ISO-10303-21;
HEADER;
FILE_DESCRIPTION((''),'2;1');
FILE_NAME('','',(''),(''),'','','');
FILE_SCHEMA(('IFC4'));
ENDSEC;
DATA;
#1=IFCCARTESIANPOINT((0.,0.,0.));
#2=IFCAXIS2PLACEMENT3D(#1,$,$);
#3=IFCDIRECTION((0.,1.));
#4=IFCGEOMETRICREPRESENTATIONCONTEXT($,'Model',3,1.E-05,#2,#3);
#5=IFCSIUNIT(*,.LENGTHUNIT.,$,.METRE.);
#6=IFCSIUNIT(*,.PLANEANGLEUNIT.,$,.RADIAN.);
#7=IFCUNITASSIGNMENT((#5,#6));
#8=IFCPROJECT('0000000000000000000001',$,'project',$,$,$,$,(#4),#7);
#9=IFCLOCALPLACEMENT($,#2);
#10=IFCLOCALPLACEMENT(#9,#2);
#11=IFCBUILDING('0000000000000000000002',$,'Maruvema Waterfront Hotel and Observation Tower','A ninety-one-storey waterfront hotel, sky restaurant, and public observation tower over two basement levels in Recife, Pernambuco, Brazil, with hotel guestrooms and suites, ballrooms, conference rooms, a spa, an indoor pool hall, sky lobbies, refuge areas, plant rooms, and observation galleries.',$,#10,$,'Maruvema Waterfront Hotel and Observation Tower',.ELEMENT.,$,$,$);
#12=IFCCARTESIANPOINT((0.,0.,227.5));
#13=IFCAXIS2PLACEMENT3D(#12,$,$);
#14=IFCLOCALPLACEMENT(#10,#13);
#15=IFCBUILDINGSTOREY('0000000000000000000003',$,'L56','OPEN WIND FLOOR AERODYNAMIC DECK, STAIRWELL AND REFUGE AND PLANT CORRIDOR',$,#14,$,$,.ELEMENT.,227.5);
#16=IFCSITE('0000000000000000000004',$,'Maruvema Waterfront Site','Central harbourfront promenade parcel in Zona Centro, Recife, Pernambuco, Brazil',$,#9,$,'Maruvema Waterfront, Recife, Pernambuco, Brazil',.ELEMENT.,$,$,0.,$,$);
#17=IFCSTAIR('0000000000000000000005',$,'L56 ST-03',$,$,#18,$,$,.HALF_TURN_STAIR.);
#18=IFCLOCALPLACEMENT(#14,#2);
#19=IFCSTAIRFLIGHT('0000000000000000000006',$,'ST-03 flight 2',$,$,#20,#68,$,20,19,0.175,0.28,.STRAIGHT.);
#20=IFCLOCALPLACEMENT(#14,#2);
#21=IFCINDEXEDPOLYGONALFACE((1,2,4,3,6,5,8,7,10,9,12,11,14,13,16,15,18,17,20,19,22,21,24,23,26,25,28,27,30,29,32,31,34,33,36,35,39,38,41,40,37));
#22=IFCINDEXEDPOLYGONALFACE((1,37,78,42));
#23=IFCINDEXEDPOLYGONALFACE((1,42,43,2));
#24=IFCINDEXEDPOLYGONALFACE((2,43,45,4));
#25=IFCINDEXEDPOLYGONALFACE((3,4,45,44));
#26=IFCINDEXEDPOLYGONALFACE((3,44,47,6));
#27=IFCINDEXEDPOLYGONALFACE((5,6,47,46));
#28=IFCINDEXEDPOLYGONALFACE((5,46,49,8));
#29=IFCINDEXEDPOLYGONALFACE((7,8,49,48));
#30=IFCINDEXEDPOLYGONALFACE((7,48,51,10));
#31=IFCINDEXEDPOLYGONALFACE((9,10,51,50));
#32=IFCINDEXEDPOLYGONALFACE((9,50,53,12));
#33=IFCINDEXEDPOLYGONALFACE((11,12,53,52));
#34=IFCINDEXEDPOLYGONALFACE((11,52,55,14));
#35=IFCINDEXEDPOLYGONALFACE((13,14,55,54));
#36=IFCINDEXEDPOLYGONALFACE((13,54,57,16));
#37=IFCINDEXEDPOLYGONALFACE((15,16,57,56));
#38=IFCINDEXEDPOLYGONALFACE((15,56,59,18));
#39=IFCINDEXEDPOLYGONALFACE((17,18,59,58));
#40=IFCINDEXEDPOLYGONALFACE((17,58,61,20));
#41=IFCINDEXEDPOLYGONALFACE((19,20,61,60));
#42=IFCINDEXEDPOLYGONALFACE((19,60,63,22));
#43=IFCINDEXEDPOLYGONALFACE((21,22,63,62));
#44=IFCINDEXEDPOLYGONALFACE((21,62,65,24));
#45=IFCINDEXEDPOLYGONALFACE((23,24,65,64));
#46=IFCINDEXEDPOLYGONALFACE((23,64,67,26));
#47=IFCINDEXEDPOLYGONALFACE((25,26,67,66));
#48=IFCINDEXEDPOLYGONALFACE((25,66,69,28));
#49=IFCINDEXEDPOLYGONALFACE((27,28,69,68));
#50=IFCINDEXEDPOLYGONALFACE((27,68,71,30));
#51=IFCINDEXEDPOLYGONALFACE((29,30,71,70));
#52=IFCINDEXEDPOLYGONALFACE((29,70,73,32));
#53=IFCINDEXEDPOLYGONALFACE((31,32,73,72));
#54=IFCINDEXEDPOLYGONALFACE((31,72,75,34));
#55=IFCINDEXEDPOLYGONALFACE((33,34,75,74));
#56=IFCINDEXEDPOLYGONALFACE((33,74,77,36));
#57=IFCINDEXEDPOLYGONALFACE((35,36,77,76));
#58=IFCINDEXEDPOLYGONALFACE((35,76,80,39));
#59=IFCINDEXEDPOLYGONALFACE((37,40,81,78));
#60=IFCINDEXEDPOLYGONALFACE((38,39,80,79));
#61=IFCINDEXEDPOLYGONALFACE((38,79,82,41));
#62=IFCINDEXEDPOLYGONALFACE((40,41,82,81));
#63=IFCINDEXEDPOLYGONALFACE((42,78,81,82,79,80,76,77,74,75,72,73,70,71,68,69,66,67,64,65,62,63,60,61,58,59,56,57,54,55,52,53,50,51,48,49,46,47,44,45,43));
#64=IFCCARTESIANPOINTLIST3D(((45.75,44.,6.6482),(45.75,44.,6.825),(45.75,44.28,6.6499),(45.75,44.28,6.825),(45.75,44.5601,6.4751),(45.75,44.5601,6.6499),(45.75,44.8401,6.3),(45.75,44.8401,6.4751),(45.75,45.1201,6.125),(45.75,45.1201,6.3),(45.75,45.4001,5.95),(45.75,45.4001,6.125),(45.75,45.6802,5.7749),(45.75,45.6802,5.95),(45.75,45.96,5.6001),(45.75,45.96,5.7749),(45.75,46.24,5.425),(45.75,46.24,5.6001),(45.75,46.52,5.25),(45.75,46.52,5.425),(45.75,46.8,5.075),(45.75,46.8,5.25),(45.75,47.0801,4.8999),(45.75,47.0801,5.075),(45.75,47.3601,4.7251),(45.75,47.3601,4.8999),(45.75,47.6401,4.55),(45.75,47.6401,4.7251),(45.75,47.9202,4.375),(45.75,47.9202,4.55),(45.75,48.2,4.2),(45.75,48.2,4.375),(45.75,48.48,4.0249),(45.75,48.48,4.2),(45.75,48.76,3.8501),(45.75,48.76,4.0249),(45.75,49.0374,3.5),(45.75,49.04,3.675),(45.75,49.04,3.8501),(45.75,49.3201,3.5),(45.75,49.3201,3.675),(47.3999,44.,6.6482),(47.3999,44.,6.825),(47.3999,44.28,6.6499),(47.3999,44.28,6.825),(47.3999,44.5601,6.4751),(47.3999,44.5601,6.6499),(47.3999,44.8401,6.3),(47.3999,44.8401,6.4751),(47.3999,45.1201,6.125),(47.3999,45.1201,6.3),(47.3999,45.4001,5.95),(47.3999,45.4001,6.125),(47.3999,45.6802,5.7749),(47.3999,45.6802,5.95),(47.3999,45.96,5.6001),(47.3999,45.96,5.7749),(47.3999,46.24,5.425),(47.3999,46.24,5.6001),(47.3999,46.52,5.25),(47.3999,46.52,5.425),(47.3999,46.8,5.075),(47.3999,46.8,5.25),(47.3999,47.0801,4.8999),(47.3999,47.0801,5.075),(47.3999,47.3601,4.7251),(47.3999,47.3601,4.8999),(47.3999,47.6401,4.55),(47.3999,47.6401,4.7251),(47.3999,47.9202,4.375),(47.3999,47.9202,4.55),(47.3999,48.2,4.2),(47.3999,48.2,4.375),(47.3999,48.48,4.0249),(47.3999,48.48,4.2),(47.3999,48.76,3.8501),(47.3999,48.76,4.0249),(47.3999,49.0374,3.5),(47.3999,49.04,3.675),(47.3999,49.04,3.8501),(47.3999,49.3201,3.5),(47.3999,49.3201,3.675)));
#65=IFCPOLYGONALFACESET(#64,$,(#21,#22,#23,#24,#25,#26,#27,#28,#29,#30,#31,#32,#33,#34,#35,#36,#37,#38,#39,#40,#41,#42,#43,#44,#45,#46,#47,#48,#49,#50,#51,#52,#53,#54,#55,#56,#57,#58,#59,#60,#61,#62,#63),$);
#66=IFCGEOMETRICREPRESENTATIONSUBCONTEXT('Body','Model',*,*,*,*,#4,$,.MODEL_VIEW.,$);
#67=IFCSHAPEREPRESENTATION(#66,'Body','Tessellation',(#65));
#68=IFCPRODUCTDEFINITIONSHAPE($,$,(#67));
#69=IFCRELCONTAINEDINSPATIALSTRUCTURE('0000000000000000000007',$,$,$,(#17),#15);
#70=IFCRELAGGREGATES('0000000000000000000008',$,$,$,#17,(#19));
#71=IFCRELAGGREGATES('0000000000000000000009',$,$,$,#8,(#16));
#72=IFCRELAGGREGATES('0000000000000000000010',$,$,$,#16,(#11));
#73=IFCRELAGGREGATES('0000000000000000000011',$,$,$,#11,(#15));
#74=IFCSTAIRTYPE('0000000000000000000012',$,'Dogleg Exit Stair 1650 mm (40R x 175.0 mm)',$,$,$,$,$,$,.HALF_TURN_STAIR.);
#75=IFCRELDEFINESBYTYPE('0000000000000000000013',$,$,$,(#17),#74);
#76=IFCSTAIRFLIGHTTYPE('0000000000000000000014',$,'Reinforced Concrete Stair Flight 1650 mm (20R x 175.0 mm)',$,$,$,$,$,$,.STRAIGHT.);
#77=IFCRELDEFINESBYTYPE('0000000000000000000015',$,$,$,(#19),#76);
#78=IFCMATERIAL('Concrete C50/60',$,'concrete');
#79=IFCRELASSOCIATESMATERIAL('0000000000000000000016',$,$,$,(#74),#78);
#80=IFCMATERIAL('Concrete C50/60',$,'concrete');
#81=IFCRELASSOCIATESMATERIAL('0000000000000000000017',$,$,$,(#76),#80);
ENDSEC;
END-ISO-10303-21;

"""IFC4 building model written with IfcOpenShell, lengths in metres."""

from ifc_helpers import new_model, si_unit, direction, frame, origin, place, context, subcontext, project, spatial, polyline, outline, extrude, material, type_object, element, aggregate, save


model = new_model("IFC4")

# Units and contexts
model_context = context("Model", 3, precision=1e-05, world=origin(), true_north=direction((0.0, 1.0)))
body_context = subcontext(model_context, "Body", "Model", "MODEL_VIEW")
ifc_project = project(units=[si_unit("LENGTHUNIT", "METRE"), si_unit("PLANEANGLEUNIT", "RADIAN")], contexts=[model_context])

# Site, building, storey
site_placement = place(None, origin())
site = spatial("IfcSite", under=ifc_project, at=site_placement, Name="Maruvema Waterfront Site", Description="Central harbourfront promenade parcel in Zona Centro, Recife, Pernambuco, Brazil", LongName="Maruvema Waterfront, Recife, Pernambuco, Brazil", CompositionType="ELEMENT", RefElevation=0.0)
building_placement = place(site_placement, origin())
building = spatial("IfcBuilding", under=site, at=building_placement, Name="Maruvema Waterfront Hotel and Observation Tower", Description="A ninety-one-storey waterfront hotel, sky restaurant, and public observation tower over two basement levels in Recife, Pernambuco, Brazil, with hotel guestrooms and suites, ballrooms, conference rooms, a spa, an indoor pool hall, sky lobbies, refuge areas, plant rooms, and observation galleries.", LongName="Maruvema Waterfront Hotel and Observation Tower", CompositionType="ELEMENT")
storey_placement = place(building_placement, frame((0.0, 0.0, 227.5)))
storey = spatial("IfcBuildingStorey", under=building, at=storey_placement, Name="L56", Description="OPEN WIND FLOOR AERODYNAMIC DECK, STAIRWELL AND REFUGE AND PLANT CORRIDOR", CompositionType="ELEMENT", Elevation=227.5)

# Stair, stair flight
ifc_material_1 = material(Name="Concrete C50/60", Category="concrete")
stair_type = type_object("IfcStairType", Name="Dogleg Exit Stair 1650 mm (40R x 175.0 mm)", PredefinedType="HALF_TURN_STAIR", material=ifc_material_1)
ifc_material_2 = material(Name="Concrete C50/60", Category="concrete")
stair_flight_type = type_object("IfcStairFlightType", Name="Reinforced Concrete Stair Flight 1650 mm (20R x 175.0 mm)", PredefinedType="STRAIGHT", material=ifc_material_2)
stair_1_placement = place(storey_placement, origin())
stair_1 = element("IfcStair", 1, at=stair_1_placement, inside=storey, type_object=stair_type, Name="L56 ST-03", PredefinedType="HALF_TURN_STAIR")
stair_flight_1_placement = place(storey_placement, frame((46.575, 49.3201, 3.5), z_axis=(0.0, 0.0, 1.0), x_axis=(0.0, -1.0, 0.0)))
stair_flight_1 = element("IfcStairFlight", 2, at=stair_flight_1_placement, type_object=stair_flight_type, Name="ST-03 flight 2", NumberOfRisers=20, NumberOfTreads=19, PredefinedType="STRAIGHT", RiserHeight=0.175, TreadLength=0.28, context=body_context, shape_type="SweptSolid", body=[
    extrude(outline(polyline([(0.0, 0.0), (0.0, 0.175), (0.28, 0.175), (0.28, 0.3501), (0.5601, 0.3501), (0.5601, 0.5249), (0.8401, 0.5249), (0.8401, 0.7), (1.1201, 0.7), (1.1201, 0.875), (1.3999, 0.875), (1.3999, 1.05), (1.6799, 1.05), (1.6799, 1.2251), (1.96, 1.2251), (1.96, 1.3999), (2.24, 1.3999), (2.24, 1.575), (2.52, 1.575), (2.52, 1.75), (2.8, 1.75), (2.8, 1.925), (3.0801, 1.925), (3.0801, 2.1001), (3.3601, 2.1001), (3.3601, 2.2749), (3.6399, 2.2749), (3.6399, 2.45), (3.9199, 2.45), (3.9199, 2.625), (4.2, 2.625), (4.2, 2.8), (4.48, 2.8), (4.48, 2.9751), (4.76, 2.9751), (4.76, 3.1499), (5.04, 3.1499), (5.04, 3.325), (5.3201, 3.325), (5.3201, 3.5), (5.3201, 3.1482), (0.2827, 0.0), (0.0, 0.0)])), frame((0.0, 0.825, 0.0), z_axis=(0.0, -1.0, 0.0), x_axis=(1.0, 0.0, 0.0)), (0.0, 0.0, 1.0), 1.6499),
])
aggregate(stair_1, [stair_flight_1])

save(model, "model.ifc")
